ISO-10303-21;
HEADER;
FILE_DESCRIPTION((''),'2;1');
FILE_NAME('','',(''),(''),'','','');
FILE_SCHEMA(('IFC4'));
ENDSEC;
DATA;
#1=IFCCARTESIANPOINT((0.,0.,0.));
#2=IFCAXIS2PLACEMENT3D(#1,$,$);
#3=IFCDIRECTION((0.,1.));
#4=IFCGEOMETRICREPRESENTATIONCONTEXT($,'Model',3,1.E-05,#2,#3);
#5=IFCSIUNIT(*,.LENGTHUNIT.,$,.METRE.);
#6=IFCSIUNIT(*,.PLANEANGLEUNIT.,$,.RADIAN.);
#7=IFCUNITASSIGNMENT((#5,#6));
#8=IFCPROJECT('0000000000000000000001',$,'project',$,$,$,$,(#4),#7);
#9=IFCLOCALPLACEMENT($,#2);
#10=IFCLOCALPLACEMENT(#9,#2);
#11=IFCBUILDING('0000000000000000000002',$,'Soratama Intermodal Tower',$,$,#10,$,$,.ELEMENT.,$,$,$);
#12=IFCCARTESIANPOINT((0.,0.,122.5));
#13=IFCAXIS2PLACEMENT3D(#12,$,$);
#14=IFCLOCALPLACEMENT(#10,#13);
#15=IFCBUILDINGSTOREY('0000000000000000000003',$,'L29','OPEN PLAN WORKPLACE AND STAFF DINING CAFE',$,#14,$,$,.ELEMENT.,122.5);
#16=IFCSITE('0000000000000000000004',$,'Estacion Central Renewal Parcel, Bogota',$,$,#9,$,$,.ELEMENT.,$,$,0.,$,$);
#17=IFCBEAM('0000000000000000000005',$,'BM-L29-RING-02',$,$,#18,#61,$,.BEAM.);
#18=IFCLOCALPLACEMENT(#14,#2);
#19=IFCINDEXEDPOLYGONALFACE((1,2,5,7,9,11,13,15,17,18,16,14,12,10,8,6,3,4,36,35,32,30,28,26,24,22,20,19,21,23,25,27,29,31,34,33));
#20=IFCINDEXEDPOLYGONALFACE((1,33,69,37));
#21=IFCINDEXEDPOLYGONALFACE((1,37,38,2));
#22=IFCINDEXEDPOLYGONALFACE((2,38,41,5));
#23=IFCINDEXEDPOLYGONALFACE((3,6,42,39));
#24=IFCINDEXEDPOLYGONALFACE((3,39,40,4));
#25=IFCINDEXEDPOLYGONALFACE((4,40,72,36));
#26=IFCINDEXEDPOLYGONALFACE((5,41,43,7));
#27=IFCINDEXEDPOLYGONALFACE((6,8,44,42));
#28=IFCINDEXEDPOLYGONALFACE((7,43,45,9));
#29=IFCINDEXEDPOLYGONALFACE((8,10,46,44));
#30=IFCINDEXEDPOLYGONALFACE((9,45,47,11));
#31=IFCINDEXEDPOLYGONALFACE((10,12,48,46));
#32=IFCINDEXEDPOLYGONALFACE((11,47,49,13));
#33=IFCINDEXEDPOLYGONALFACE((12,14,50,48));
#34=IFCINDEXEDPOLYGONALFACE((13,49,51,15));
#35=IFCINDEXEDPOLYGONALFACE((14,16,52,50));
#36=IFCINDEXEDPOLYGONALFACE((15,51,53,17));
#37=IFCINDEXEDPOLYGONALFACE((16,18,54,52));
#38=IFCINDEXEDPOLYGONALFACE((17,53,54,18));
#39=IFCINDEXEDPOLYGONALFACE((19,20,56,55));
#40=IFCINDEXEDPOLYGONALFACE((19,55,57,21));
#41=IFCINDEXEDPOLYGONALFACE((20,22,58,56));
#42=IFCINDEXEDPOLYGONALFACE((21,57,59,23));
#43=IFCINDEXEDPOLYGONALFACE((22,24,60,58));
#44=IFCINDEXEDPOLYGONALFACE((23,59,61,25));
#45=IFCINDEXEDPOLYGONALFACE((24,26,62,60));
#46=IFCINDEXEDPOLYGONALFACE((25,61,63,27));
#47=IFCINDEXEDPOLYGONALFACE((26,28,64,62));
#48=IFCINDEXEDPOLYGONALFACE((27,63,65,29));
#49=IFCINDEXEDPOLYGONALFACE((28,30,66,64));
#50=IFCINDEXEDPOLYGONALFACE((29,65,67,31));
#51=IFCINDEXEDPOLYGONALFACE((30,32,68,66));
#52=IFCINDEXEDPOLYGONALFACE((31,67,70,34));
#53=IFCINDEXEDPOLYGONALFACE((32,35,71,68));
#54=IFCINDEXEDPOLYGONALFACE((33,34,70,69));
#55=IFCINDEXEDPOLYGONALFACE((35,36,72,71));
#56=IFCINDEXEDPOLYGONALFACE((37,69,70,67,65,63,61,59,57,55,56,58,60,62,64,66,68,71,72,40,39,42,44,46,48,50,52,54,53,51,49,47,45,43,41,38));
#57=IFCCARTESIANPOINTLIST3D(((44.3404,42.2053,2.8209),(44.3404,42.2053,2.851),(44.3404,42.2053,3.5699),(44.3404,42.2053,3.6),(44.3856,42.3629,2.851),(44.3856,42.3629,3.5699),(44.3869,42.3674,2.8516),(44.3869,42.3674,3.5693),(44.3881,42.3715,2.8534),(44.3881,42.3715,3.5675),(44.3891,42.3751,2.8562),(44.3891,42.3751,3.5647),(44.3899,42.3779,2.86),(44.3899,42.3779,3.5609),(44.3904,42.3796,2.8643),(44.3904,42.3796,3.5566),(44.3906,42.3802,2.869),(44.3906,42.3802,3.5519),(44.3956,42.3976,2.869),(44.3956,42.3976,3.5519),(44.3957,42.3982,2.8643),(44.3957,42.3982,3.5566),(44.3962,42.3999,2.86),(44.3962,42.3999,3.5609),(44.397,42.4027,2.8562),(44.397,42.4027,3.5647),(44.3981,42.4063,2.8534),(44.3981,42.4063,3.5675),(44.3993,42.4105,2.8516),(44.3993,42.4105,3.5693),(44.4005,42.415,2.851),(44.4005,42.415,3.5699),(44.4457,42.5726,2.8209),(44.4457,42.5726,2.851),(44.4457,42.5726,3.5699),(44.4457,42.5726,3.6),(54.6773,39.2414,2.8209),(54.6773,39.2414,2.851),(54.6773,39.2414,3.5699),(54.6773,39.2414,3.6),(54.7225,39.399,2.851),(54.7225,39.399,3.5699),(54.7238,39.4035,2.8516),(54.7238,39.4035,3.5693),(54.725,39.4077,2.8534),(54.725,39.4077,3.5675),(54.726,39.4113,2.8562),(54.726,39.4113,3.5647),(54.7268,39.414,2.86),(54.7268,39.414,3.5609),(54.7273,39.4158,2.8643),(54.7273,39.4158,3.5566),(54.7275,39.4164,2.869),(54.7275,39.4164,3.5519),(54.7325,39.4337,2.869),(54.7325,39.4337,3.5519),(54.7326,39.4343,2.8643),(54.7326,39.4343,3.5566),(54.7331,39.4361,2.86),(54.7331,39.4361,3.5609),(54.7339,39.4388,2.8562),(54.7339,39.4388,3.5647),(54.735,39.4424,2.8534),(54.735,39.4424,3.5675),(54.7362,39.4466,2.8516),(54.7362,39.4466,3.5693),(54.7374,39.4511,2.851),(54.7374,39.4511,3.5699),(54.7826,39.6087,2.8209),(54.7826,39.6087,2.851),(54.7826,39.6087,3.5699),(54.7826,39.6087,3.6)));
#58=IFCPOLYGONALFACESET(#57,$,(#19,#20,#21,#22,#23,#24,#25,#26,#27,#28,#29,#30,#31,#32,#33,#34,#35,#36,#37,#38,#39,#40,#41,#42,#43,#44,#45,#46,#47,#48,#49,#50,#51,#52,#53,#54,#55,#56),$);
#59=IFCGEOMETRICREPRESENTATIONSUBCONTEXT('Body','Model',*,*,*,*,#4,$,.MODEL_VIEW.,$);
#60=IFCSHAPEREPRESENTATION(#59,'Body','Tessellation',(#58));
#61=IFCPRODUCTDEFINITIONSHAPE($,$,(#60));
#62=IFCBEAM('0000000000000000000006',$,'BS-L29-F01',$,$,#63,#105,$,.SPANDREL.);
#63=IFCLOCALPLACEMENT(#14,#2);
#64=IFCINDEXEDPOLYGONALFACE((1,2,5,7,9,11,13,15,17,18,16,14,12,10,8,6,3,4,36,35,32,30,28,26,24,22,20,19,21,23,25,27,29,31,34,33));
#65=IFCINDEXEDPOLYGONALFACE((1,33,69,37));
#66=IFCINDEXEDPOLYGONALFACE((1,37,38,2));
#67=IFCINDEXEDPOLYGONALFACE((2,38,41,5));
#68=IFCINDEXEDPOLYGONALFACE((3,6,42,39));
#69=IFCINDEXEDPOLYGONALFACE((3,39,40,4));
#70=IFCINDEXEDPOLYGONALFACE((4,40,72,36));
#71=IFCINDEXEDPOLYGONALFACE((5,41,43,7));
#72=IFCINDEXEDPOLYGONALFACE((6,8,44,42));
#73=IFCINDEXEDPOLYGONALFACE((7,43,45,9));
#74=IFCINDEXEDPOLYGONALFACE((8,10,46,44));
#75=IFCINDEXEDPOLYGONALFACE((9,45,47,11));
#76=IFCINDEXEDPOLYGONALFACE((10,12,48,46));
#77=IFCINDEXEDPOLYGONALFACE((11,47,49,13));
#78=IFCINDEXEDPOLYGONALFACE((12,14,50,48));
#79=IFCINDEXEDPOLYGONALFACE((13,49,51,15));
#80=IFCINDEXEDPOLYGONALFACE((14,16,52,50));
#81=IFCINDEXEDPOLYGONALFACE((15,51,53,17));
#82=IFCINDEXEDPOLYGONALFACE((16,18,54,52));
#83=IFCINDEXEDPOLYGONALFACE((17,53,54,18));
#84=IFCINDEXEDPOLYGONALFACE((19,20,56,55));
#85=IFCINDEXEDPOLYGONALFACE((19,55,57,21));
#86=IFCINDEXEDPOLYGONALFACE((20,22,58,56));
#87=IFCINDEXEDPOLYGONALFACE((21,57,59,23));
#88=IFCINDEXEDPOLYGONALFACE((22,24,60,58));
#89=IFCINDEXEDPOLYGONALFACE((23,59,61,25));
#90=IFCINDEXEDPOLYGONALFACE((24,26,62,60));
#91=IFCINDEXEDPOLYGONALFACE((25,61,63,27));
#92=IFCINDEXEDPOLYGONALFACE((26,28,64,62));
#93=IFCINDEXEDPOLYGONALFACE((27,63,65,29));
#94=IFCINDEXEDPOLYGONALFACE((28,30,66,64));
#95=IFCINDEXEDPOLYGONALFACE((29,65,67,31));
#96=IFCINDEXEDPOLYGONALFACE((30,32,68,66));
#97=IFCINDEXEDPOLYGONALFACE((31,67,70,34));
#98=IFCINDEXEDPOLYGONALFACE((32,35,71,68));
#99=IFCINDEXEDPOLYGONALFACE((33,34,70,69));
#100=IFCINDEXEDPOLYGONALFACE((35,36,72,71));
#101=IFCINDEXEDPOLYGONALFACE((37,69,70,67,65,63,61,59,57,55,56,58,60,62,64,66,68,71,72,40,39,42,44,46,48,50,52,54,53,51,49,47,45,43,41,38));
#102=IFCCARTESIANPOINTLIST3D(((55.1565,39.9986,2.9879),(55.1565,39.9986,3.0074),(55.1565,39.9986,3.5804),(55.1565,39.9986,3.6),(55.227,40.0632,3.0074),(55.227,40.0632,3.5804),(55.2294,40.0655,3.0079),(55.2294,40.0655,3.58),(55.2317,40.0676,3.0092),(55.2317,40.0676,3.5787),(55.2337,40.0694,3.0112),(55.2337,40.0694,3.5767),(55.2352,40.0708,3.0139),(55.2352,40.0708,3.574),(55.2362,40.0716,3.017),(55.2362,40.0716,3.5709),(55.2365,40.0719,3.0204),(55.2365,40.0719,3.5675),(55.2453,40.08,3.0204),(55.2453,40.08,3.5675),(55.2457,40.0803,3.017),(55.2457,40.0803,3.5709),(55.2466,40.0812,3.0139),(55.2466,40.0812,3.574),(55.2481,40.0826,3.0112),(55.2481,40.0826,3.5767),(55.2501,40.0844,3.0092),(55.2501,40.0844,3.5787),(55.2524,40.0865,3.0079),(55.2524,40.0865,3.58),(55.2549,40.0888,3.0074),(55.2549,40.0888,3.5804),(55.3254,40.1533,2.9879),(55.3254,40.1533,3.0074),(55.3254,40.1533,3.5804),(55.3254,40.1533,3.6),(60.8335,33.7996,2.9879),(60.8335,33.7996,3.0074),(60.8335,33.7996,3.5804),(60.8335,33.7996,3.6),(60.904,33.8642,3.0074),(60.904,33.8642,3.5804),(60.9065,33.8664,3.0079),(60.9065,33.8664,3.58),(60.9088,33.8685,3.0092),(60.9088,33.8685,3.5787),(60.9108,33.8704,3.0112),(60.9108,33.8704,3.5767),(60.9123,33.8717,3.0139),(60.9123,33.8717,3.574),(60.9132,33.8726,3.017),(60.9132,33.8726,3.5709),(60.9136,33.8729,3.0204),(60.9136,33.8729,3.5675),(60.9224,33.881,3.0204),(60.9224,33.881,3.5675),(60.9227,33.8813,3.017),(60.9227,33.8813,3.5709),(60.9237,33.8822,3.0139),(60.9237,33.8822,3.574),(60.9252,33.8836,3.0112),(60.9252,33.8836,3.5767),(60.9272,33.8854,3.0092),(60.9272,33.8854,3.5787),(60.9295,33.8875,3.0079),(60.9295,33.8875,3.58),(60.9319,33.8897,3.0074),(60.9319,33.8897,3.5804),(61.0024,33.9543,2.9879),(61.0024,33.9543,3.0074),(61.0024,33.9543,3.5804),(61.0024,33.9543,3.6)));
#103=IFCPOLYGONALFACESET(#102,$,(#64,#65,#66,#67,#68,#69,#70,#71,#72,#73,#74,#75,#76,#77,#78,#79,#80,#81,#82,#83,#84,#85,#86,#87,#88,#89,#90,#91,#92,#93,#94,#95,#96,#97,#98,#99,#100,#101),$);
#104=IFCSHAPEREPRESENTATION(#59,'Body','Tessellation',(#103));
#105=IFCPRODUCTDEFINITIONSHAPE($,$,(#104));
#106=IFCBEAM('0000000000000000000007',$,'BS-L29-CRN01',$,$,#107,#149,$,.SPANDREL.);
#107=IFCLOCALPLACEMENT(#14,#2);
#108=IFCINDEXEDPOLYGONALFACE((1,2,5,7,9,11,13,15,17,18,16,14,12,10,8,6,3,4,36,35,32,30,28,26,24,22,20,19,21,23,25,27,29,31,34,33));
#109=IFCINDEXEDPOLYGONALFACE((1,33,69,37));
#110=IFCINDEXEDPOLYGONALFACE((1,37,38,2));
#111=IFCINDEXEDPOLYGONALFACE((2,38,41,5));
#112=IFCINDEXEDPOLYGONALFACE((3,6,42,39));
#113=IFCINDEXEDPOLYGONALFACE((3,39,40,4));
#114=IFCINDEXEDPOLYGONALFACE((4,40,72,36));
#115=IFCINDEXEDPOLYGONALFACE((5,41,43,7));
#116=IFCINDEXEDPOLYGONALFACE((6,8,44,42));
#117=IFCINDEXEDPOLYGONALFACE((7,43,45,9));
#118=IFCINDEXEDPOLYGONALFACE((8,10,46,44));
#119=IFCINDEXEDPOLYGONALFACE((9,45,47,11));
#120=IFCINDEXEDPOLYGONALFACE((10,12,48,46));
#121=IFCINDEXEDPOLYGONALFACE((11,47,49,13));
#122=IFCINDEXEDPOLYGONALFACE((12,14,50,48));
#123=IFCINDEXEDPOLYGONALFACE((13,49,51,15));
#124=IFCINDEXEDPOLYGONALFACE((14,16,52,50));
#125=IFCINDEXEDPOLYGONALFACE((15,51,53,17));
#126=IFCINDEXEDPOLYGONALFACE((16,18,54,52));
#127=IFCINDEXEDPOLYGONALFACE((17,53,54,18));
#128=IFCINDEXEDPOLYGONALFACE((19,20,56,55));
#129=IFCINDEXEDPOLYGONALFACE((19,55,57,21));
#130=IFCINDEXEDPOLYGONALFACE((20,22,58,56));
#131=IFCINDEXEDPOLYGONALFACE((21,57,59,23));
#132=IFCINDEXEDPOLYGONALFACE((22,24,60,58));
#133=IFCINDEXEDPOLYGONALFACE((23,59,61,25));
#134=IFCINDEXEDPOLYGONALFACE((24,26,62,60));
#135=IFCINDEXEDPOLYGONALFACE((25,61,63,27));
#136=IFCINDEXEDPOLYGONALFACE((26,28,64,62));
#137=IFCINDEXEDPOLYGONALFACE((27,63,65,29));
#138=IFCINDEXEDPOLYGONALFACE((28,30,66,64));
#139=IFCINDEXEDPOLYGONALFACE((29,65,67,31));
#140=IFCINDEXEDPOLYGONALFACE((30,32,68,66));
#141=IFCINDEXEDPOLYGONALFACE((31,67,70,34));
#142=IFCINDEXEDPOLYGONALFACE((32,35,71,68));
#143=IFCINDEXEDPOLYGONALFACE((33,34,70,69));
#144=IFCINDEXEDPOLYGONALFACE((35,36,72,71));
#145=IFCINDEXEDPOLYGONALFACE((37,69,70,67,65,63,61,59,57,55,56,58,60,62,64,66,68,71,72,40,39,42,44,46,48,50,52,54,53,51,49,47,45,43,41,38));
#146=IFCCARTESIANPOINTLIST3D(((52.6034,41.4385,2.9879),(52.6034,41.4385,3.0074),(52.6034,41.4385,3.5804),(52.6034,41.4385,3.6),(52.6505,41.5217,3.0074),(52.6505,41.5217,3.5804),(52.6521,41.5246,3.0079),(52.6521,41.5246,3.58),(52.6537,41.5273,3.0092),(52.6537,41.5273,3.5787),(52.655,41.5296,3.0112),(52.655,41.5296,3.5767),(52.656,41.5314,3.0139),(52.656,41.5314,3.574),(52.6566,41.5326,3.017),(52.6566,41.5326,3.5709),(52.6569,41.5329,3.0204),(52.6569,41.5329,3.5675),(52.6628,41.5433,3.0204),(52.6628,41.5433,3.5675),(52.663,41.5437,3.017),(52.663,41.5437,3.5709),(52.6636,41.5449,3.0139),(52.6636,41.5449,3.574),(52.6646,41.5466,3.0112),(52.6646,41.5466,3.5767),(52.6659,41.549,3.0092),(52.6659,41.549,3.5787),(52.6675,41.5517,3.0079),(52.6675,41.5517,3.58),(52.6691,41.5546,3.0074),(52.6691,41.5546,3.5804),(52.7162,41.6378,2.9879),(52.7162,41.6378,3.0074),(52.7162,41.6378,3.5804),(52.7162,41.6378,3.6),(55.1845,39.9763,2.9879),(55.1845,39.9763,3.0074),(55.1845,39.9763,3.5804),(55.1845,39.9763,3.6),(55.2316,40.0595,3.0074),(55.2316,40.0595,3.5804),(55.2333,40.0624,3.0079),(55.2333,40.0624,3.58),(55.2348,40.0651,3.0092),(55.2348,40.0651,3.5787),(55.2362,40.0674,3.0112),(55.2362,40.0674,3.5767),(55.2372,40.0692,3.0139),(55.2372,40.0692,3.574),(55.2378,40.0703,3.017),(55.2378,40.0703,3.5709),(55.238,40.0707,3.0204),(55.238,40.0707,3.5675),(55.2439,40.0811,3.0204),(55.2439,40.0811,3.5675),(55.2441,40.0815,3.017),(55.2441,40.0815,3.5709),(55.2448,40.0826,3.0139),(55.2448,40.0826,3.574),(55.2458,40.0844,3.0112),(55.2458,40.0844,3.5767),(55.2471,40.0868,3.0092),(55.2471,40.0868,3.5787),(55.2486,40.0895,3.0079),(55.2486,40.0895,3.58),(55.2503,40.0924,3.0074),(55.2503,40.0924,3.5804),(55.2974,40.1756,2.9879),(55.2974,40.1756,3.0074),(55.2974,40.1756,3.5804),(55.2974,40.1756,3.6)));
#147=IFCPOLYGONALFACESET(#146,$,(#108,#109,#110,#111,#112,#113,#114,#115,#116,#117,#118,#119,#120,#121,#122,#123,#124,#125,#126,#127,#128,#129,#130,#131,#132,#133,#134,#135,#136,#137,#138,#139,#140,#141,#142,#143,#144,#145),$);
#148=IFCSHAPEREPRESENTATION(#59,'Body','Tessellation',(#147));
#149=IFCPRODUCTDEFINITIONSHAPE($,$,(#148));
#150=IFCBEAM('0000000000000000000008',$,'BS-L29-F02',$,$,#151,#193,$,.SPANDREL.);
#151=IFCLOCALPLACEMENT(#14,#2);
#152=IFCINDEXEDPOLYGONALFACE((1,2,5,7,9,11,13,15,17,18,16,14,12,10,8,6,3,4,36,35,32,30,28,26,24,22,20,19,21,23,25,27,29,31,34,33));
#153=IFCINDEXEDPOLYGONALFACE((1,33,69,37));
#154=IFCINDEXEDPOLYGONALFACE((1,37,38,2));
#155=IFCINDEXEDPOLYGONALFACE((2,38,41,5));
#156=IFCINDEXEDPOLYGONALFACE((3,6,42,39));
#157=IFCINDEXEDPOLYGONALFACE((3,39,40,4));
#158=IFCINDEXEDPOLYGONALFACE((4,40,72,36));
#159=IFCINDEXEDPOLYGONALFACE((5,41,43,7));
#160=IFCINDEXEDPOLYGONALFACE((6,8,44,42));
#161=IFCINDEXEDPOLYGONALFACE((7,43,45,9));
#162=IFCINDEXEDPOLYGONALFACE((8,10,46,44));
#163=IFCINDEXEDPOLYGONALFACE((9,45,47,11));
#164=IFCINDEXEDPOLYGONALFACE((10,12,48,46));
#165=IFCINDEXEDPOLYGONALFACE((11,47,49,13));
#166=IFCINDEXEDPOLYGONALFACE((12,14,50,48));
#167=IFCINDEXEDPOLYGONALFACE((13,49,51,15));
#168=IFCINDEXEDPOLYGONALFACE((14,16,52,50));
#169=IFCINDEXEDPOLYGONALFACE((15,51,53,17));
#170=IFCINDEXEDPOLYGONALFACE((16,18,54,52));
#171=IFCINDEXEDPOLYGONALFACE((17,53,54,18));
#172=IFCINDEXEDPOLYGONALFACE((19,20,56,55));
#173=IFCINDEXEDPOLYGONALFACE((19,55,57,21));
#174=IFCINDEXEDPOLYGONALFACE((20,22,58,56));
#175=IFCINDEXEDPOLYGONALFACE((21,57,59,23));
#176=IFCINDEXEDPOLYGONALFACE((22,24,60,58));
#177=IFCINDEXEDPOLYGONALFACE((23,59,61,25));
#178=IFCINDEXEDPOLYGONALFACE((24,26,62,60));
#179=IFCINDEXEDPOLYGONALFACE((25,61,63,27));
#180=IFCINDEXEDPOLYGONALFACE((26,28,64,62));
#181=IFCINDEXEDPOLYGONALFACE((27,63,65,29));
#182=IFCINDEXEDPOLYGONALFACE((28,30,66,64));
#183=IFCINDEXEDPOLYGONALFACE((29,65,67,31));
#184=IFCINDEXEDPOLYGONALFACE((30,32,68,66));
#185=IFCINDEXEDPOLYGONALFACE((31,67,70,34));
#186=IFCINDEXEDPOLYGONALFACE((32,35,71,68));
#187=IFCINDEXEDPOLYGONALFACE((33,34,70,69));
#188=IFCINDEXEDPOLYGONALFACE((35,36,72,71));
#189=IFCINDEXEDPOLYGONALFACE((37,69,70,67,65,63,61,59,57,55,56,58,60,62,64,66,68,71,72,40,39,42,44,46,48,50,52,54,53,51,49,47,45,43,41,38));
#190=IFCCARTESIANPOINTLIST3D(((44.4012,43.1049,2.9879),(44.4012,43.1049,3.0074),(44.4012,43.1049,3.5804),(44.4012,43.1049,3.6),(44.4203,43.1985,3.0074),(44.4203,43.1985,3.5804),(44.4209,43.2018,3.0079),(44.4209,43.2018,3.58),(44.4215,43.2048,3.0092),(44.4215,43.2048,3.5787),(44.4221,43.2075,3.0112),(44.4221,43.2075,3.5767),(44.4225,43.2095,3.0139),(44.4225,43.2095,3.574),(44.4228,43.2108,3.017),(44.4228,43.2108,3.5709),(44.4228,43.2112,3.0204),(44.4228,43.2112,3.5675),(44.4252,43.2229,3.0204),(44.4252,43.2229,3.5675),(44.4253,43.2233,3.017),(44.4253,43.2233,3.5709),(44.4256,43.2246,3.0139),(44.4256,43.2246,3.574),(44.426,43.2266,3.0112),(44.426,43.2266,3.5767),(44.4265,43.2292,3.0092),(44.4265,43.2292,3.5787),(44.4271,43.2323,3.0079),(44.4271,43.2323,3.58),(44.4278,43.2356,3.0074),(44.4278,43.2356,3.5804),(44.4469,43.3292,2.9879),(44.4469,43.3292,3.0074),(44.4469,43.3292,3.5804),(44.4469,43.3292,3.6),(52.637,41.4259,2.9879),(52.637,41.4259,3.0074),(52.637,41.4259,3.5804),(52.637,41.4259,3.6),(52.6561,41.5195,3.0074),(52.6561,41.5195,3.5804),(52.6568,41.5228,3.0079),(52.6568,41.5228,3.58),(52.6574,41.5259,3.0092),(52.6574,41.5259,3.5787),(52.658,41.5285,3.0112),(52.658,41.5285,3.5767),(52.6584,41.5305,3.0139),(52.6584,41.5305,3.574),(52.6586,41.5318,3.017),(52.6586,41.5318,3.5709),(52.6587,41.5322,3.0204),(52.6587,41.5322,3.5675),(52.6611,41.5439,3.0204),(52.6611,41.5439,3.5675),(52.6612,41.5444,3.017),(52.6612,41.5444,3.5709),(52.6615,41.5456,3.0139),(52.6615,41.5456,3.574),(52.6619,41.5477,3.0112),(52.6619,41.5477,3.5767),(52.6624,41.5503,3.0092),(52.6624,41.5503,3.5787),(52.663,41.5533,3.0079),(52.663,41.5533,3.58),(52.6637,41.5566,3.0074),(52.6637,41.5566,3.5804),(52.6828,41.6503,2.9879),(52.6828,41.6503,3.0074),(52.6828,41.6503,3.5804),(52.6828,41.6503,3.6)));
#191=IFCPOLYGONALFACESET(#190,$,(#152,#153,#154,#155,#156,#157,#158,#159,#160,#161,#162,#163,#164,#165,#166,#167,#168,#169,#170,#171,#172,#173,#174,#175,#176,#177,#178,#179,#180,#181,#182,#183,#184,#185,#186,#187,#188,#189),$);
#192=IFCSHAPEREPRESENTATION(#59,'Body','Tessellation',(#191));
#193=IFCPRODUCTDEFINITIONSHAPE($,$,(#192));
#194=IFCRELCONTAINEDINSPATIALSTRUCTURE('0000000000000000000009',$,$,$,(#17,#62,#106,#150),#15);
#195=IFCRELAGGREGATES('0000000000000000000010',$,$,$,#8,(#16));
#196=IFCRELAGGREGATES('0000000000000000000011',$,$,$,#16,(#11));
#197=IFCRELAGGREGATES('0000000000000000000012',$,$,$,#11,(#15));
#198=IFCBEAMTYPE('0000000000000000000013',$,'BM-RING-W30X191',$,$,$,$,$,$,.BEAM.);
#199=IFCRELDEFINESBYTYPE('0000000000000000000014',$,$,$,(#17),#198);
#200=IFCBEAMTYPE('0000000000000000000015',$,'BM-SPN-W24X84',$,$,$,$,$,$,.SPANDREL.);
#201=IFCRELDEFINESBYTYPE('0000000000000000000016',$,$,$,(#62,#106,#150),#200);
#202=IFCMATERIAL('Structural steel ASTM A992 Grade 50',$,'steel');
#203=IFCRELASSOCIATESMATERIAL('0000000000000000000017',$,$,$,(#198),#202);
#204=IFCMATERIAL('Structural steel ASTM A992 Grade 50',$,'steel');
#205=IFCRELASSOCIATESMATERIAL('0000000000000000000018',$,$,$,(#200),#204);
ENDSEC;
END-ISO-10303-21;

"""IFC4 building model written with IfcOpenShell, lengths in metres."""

from ifc_helpers import new_model, si_unit, direction, frame, origin, origin_2d, place, context, subcontext, project, spatial, i_section, extrude, material, material_profile, profile_set, type_object, element, save


model = new_model("IFC4")

# Units and contexts
model_context = context("Model", 3, precision=1e-05, world=origin(), true_north=direction((0.0, 1.0)))
body_context = subcontext(model_context, "Body", "Model", "MODEL_VIEW")
ifc_project = project(units=[si_unit("LENGTHUNIT", "METRE"), si_unit("PLANEANGLEUNIT", "RADIAN")], contexts=[model_context])

# Site, building, storey
site_placement = place(None, origin())
site = spatial("IfcSite", under=ifc_project, at=site_placement, Name="Estacion Central Renewal Parcel, Bogota", CompositionType="ELEMENT", RefElevation=0.0)
building_placement = place(site_placement, origin())
building = spatial("IfcBuilding", under=site, at=building_placement, Name="Soratama Intermodal Tower", CompositionType="ELEMENT")
storey_placement = place(building_placement, frame((0.0, 0.0, 122.5)))
storey = spatial("IfcBuildingStorey", under=building, at=storey_placement, Name="L29", Description="OPEN PLAN WORKPLACE AND STAFF DINING CAFE", CompositionType="ELEMENT", Elevation=122.5)

# Beams
ifc_material_1 = material(Name="Structural steel ASTM A992 Grade 50", Category="steel")
ifc_material_profile_1 = material_profile(ifc_material_1, i_section(OverallWidth=0.3821, OverallDepth=0.7791, WebThickness=0.0181, FlangeThickness=0.03, FilletRadius=0.0181, at=origin_2d()), Name="W30X191")
ifc_profile_set_1 = profile_set([ifc_material_profile_1], Name="Structural steel ASTM A992 Grade 50")
beam_type_1 = type_object("IfcBeamType", Name="BM-RING-W30X191", PredefinedType="BEAM", material=ifc_profile_set_1)
beam_1_placement = place(storey_placement, frame((54.73, 39.425, 3.2104), z_axis=(-0.961267, 0.275621, 0.0), x_axis=(-0.275621, -0.961267, 0.0)))
element("IfcBeam", 1, at=beam_1_placement, inside=storey, type_object=beam_type_1, Name="BM-L29-RING-02", PredefinedType="BEAM", context=body_context, shape_type="SweptSolid", body=[
    extrude(i_section(OverallWidth=0.3821, OverallDepth=0.7791, WebThickness=0.0181, FlangeThickness=0.03, FilletRadius=0.0181, at=origin_2d()), origin(), (0.0, 0.0, 1.0), 10.7534),
])
ifc_material_2 = material(Name="Structural steel ASTM A992 Grade 50", Category="steel")
ifc_material_profile_2 = material_profile(ifc_material_2, i_section(OverallWidth=0.229, OverallDepth=0.6121, WebThickness=0.012, FlangeThickness=0.0195, FilletRadius=0.0129, at=origin_2d()), Name="W24X84")
ifc_profile_set_2 = profile_set([ifc_material_profile_2], Name="Structural steel ASTM A992 Grade 50")
beam_type_2 = type_object("IfcBeamType", Name="BM-SPN-W24X84", PredefinedType="SPANDREL", material=ifc_profile_set_2)
beam_2_placement = place(storey_placement, frame((60.918, 33.877, 3.2939), z_axis=(-0.675376, 0.737474, 0.0), x_axis=(-0.737474, -0.675376, 0.0)))
element("IfcBeam", 2, at=beam_2_placement, inside=storey, type_object=beam_type_2, Name="BS-L29-F01", PredefinedType="SPANDREL", context=body_context, shape_type="SweptSolid", body=[
    extrude(i_section(OverallWidth=0.229, OverallDepth=0.6121, WebThickness=0.012, FlangeThickness=0.0195, FilletRadius=0.0129, at=origin_2d()), origin(), (0.0, 0.0, 1.0), 8.4058),
])
beam_3_placement = place(storey_placement, frame((55.241, 40.0759, 3.2939), z_axis=(-0.870086, 0.4929, 0.0), x_axis=(-0.4929, -0.870086, 0.0)))
element("IfcBeam", 3, at=beam_3_placement, inside=storey, type_object=beam_type_2, Name="BS-L29-CRN01", PredefinedType="SPANDREL", context=body_context, shape_type="SweptSolid", body=[
    extrude(i_section(OverallWidth=0.229, OverallDepth=0.6121, WebThickness=0.012, FlangeThickness=0.0195, FilletRadius=0.0129, at=origin_2d()), origin(), (0.0, 0.0, 1.0), 2.9666),
])
beam_4_placement = place(storey_placement, frame((52.6599, 41.5381, 3.2939), z_axis=(-0.979847, 0.199751, 0.0), x_axis=(-0.199751, -0.979847, 0.0)))
element("IfcBeam", 4, at=beam_4_placement, inside=storey, type_object=beam_type_2, Name="BS-L29-F02", PredefinedType="SPANDREL", context=body_context, shape_type="SweptSolid", body=[
    extrude(i_section(OverallWidth=0.229, OverallDepth=0.6121, WebThickness=0.012, FlangeThickness=0.0195, FilletRadius=0.0129, at=origin_2d()), origin(), (0.0, 0.0, 1.0), 8.4053),
])

save(model, "model.ifc")
